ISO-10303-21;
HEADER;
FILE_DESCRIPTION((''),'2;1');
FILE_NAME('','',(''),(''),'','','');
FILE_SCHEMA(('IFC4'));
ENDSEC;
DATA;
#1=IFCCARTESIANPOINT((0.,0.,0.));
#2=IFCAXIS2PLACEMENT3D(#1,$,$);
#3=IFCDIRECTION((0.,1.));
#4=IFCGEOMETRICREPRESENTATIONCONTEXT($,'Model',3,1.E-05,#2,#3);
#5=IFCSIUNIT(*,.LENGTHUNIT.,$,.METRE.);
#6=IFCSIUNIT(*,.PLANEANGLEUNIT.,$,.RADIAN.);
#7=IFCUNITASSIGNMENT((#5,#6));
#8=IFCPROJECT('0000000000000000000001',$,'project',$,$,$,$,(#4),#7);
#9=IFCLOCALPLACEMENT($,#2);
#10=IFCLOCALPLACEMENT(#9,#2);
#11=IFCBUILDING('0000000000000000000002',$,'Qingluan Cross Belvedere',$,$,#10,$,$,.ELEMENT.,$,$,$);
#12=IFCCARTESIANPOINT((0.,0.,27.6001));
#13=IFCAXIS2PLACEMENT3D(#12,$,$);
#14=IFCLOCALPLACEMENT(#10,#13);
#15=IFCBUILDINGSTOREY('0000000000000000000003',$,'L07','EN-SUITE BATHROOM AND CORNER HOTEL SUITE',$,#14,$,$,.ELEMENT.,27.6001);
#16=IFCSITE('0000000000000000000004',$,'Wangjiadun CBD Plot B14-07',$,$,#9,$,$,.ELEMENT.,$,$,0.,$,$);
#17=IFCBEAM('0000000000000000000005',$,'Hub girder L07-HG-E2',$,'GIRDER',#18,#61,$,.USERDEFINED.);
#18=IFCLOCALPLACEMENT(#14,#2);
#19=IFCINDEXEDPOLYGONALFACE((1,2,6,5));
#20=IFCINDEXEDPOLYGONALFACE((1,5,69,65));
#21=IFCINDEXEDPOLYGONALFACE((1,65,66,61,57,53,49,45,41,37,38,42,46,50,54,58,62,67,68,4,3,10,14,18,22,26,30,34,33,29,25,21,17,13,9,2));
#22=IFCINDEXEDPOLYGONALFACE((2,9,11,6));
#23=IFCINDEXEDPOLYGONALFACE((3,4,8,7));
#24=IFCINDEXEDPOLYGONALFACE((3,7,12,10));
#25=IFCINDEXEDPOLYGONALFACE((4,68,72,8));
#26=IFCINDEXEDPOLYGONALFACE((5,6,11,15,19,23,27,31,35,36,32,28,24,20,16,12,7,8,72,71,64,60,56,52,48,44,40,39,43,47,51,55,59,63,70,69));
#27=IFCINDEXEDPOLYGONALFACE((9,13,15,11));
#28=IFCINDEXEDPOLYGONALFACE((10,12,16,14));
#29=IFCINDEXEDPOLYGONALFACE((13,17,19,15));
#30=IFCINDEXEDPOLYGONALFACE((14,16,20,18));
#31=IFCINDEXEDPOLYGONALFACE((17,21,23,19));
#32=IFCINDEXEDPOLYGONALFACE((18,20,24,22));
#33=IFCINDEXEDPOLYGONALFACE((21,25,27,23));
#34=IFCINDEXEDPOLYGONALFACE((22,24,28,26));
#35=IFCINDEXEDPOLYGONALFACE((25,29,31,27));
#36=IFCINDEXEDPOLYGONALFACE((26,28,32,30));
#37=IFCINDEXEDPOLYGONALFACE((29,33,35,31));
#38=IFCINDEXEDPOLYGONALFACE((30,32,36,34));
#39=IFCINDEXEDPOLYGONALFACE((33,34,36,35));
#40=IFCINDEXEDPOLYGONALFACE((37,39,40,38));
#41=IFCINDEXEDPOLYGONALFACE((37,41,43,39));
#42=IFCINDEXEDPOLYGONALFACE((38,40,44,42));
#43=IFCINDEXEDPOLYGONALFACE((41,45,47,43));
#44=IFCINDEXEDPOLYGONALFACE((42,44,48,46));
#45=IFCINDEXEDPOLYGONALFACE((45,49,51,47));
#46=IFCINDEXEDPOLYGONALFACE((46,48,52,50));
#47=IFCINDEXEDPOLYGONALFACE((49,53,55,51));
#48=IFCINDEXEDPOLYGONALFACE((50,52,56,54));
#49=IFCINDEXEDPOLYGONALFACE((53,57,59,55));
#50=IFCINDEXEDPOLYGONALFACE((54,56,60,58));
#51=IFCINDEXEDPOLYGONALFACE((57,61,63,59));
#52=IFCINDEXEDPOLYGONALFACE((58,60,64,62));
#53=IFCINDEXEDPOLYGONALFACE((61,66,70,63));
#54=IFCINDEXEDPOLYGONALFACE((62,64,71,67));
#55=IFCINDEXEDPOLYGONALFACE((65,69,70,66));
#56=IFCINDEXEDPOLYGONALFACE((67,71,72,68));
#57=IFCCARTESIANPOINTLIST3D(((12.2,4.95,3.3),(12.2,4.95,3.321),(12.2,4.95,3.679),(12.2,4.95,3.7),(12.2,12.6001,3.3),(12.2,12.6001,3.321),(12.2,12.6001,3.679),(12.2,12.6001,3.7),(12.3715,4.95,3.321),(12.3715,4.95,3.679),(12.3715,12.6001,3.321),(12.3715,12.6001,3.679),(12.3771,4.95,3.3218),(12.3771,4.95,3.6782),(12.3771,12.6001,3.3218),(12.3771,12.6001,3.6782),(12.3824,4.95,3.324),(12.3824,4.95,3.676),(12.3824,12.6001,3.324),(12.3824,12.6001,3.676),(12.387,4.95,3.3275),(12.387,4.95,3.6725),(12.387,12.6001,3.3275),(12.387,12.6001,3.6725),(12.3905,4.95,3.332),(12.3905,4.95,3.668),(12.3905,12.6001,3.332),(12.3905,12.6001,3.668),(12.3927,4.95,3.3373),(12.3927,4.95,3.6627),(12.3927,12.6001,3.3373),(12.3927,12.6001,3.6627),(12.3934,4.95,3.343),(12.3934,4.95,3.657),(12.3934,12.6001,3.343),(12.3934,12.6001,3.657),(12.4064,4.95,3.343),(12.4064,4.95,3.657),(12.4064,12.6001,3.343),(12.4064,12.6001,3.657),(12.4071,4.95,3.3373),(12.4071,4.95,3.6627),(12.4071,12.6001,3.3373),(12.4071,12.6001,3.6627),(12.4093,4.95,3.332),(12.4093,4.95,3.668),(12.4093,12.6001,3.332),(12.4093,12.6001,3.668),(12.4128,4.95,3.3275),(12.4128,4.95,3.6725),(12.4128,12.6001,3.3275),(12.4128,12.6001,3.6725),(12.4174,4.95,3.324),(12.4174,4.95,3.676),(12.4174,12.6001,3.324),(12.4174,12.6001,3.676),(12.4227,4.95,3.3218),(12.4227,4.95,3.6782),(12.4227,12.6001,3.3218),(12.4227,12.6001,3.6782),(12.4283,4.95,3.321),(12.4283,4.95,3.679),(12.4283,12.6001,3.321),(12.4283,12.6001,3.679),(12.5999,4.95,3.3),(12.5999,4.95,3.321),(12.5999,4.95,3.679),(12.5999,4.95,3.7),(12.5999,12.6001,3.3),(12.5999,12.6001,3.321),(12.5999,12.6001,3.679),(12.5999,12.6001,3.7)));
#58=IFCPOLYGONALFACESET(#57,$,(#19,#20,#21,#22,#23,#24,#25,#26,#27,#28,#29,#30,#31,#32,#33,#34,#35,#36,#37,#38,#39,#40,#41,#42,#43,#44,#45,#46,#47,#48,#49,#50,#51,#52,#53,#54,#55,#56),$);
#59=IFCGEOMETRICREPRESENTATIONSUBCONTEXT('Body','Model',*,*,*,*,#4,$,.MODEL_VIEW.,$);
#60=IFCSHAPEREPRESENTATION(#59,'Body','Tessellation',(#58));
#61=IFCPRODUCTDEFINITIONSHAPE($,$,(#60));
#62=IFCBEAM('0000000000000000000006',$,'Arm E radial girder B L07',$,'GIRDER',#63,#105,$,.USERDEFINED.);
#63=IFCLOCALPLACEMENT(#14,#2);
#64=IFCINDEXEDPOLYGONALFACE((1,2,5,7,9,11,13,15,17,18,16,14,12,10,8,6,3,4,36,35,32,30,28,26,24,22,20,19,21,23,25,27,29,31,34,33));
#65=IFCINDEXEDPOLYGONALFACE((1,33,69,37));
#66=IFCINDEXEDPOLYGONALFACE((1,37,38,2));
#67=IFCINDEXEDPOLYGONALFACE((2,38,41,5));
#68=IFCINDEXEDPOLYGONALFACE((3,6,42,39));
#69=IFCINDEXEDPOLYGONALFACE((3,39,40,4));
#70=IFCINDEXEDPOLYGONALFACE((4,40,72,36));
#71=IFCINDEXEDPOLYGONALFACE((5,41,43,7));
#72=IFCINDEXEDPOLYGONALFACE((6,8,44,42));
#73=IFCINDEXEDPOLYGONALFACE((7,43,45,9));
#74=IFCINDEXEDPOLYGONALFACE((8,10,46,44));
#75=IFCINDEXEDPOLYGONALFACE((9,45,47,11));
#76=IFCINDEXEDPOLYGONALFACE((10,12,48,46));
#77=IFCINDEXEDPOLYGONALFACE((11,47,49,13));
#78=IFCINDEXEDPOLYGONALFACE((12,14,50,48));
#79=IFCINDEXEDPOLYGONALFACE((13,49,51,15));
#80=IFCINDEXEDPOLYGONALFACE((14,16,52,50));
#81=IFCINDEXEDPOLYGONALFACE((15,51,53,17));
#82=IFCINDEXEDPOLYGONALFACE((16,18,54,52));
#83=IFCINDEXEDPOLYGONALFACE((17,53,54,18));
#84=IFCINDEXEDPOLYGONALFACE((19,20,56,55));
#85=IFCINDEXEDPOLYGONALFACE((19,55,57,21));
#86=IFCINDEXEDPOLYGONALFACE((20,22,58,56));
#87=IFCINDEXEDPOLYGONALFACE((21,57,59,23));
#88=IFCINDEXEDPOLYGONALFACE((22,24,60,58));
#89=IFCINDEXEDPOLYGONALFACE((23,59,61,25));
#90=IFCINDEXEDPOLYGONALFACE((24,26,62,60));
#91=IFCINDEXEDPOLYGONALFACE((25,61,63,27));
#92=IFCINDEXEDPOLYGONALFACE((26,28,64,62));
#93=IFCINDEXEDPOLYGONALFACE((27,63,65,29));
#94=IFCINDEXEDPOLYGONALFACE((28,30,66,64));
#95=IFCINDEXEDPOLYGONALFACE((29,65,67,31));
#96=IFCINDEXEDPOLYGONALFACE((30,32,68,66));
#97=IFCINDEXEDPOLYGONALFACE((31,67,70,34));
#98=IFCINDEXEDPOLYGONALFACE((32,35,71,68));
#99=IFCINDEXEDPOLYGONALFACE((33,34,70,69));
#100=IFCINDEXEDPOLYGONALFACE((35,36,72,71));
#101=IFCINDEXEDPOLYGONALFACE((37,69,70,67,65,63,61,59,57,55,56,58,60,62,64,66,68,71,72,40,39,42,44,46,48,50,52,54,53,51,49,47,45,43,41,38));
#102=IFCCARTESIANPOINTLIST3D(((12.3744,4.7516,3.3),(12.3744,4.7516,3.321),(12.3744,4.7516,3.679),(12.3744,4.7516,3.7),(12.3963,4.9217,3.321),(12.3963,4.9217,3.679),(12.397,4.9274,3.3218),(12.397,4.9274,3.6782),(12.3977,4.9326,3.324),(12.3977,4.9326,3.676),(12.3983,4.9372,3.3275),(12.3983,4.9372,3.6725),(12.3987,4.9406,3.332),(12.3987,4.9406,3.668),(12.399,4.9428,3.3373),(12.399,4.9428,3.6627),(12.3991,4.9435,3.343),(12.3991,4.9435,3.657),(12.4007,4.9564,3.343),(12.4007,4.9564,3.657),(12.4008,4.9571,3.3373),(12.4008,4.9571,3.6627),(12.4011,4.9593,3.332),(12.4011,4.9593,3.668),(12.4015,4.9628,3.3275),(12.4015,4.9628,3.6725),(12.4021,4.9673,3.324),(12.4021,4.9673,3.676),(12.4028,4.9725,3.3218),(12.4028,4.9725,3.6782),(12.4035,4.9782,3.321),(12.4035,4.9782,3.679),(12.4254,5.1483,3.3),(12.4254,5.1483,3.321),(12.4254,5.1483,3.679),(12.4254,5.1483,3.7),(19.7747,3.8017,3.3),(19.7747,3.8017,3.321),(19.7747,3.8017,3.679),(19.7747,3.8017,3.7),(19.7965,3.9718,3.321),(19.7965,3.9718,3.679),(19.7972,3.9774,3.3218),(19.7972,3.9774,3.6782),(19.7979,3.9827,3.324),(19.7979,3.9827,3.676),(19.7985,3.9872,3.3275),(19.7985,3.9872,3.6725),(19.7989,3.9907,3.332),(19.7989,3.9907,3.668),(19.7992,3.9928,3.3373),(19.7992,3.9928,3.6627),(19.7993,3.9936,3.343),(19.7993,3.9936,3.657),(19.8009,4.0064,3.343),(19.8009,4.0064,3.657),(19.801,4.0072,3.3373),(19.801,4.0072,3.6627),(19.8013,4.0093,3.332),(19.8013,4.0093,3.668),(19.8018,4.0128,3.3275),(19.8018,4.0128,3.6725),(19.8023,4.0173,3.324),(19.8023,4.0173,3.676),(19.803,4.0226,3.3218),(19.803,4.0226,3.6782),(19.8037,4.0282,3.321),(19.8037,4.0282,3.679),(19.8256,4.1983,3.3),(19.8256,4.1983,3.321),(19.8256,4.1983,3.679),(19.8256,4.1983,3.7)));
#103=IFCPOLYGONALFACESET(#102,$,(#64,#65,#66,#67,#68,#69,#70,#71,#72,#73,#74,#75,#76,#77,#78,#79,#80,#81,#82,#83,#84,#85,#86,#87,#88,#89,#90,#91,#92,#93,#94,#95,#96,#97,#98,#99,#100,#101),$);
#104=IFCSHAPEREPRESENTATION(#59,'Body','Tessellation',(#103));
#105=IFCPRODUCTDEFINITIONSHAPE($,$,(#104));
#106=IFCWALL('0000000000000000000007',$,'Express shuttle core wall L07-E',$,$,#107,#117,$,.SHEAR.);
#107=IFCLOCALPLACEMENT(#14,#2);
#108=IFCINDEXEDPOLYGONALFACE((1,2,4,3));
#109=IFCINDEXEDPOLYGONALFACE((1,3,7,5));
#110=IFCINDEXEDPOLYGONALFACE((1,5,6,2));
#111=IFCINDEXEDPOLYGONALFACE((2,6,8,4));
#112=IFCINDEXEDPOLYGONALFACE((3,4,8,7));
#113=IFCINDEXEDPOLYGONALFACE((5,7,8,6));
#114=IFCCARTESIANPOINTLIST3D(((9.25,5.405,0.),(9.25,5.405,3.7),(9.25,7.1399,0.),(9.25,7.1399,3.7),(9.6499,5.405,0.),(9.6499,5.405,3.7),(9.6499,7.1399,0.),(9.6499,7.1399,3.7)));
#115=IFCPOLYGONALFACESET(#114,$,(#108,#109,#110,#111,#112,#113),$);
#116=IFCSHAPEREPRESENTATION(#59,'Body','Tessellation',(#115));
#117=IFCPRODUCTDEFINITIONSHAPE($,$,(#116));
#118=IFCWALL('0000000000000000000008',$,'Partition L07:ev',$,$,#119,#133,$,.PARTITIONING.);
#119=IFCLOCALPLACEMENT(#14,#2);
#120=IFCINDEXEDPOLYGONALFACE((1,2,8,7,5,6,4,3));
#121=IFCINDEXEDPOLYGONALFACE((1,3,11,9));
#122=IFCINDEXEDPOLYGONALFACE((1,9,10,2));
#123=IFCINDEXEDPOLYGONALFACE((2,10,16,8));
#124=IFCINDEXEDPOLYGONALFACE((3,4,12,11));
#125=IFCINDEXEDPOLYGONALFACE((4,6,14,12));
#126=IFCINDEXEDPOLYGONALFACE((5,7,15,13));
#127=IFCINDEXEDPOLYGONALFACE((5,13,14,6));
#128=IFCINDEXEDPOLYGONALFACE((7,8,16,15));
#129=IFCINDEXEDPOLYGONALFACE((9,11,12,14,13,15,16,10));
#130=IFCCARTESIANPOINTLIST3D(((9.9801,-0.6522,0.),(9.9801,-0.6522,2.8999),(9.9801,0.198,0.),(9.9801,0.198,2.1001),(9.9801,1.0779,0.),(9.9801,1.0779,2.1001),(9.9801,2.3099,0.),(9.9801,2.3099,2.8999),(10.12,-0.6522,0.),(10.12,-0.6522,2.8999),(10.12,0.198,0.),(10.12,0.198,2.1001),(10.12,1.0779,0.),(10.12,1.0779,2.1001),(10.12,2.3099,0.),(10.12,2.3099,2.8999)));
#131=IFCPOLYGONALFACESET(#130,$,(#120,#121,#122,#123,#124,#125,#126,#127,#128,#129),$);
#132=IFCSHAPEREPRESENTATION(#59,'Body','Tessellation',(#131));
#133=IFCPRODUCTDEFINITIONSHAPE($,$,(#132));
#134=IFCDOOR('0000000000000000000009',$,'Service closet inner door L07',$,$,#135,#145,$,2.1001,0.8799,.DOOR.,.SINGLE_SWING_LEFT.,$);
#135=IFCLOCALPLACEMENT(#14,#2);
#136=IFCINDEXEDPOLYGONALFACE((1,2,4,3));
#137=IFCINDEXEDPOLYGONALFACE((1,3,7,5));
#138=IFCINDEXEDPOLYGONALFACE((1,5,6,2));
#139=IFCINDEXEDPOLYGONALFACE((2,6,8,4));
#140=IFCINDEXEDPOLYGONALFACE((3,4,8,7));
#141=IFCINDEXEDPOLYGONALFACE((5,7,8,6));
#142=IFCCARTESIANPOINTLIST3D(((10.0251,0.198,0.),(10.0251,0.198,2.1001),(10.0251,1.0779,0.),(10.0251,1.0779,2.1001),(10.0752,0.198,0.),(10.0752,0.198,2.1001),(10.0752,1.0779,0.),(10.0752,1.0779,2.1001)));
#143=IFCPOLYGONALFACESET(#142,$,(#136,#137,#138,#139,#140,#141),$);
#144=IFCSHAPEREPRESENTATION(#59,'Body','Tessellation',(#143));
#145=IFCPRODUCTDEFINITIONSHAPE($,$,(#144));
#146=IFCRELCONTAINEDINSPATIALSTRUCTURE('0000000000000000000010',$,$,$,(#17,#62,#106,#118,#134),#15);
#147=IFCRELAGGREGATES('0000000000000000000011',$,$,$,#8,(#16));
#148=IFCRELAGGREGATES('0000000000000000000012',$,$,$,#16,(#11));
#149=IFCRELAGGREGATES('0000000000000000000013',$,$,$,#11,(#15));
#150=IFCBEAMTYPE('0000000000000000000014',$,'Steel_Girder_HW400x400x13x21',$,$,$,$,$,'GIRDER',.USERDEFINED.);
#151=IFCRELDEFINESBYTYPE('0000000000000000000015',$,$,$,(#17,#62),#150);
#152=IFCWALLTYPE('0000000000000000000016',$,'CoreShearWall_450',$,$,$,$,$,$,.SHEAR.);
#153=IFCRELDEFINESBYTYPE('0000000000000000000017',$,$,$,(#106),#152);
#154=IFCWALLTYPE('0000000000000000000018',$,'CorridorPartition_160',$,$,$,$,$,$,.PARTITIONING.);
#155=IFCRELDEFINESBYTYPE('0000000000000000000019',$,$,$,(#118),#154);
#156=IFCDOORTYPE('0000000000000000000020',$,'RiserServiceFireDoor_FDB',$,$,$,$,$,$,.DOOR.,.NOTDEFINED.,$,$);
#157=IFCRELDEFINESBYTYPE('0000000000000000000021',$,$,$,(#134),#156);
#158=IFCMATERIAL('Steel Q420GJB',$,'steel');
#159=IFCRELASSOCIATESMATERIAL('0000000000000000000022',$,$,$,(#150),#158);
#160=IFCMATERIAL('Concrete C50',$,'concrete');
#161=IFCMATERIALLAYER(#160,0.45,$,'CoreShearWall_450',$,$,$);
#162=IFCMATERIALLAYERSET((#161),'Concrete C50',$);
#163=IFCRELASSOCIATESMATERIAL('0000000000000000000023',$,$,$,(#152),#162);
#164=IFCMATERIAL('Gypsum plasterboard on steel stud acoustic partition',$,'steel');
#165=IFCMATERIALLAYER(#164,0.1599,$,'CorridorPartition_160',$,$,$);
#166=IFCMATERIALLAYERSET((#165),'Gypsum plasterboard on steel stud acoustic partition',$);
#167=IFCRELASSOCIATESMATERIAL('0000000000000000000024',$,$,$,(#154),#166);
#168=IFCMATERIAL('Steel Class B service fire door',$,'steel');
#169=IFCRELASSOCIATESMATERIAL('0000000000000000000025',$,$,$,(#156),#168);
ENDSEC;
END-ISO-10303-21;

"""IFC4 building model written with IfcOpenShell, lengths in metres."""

from ifc_helpers import new_model, si_unit, direction, frame, frame_2d, origin, origin_2d, place, context, subcontext, project, spatial, rectangle, i_section, extrude, material, layer, layer_set, material_profile, profile_set, type_object, element, fill, save


model = new_model("IFC4")

# Units and contexts
model_context = context("Model", 3, precision=1e-05, world=origin(), true_north=direction((0.0, 1.0)))
body_context = subcontext(model_context, "Body", "Model", "MODEL_VIEW")
ifc_project = project(units=[si_unit("LENGTHUNIT", "METRE"), si_unit("PLANEANGLEUNIT", "RADIAN")], contexts=[model_context])

# Site, building, storey
site_placement = place(None, origin())
site = spatial("IfcSite", under=ifc_project, at=site_placement, Name="Wangjiadun CBD Plot B14-07", CompositionType="ELEMENT", RefElevation=0.0)
building_placement = place(site_placement, origin())
building = spatial("IfcBuilding", under=site, at=building_placement, Name="Qingluan Cross Belvedere", CompositionType="ELEMENT")
storey_placement = place(building_placement, frame((0.0, 0.0, 27.6001)))
storey = spatial("IfcBuildingStorey", under=building, at=storey_placement, Name="L07", Description="EN-SUITE BATHROOM AND CORNER HOTEL SUITE", CompositionType="ELEMENT", Elevation=27.6001)

# Beams
ifc_material_1 = material(Name="Steel Q420GJB", Category="steel")
ifc_material_profile = material_profile(ifc_material_1, i_section(OverallWidth=0.3999, OverallDepth=0.3999, WebThickness=0.0129, FlangeThickness=0.021, FilletRadius=0.022, at=origin_2d()), Name="HW400x400x13x21")
ifc_profile_set = profile_set([ifc_material_profile], Name="Steel Q420GJB")
beam_type = type_object("IfcBeamType", Name="Steel_Girder_HW400x400x13x21", ElementType="GIRDER", PredefinedType="USERDEFINED", material=ifc_profile_set)
beam_1_placement = place(storey_placement, frame((12.3999, 4.95, 3.5), z_axis=(0.0, 1.0, 0.0), x_axis=(-1.0, 0.0, 0.0)))
element("IfcBeam", 1, at=beam_1_placement, inside=storey, type_object=beam_type, Name="Hub girder L07-HG-E2", ObjectType="GIRDER", PredefinedType="USERDEFINED", context=body_context, shape_type="SweptSolid", body=[
    extrude(i_section(OverallWidth=0.3999, OverallDepth=0.3999, WebThickness=0.0129, FlangeThickness=0.021, FilletRadius=0.022, at=origin_2d()), origin(), (0.0, 0.0, 1.0), 7.6501),
])
beam_2_placement = place(storey_placement, frame((12.3999, 4.95, 3.5), z_axis=(0.991861, -0.127324, 0.0), x_axis=(0.127324, 0.991861, 0.0)))
element("IfcBeam", 2, at=beam_2_placement, inside=storey, type_object=beam_type, Name="Arm E radial girder B L07", ObjectType="GIRDER", PredefinedType="USERDEFINED", context=body_context, shape_type="SweptSolid", body=[
    extrude(i_section(OverallWidth=0.3999, OverallDepth=0.3999, WebThickness=0.0129, FlangeThickness=0.021, FilletRadius=0.022, at=origin_2d()), origin(), (0.0, 0.0, 1.0), 7.4609),
])

# Wall
ifc_material_2 = material(Name="Concrete C50", Category="concrete")
ifc_layer_1 = layer(ifc_material_2, 0.45, Name="CoreShearWall_450")
ifc_layer_set_1 = layer_set([ifc_layer_1], Name="Concrete C50")
wall_type_1 = type_object("IfcWallType", Name="CoreShearWall_450", PredefinedType="SHEAR", material=ifc_layer_set_1)
wall_1_placement = place(storey_placement, frame((9.45, 5.405, 0.0), z_axis=(0.0, 0.0, 1.0), x_axis=(0.0, 1.0, 0.0)))
element("IfcWall", 3, at=wall_1_placement, inside=storey, type_object=wall_type_1, Name="Express shuttle core wall L07-E", PredefinedType="SHEAR", context=body_context, shape_type="SweptSolid", body=[
    extrude(rectangle(XDim=1.7349, YDim=0.3999, at=frame_2d((0.8674, 0.0))), origin(), (0.0, 0.0, 1.0), 3.7),
])

# Wall, opening, door
ifc_material_3 = material(Name="Gypsum plasterboard on steel stud acoustic partition", Category="steel")
ifc_layer_2 = layer(ifc_material_3, 0.1599, Name="CorridorPartition_160")
ifc_layer_set_2 = layer_set([ifc_layer_2], Name="Gypsum plasterboard on steel stud acoustic partition")
wall_type_2 = type_object("IfcWallType", Name="CorridorPartition_160", PredefinedType="PARTITIONING", material=ifc_layer_set_2)
wall_2_placement = place(storey_placement, frame((10.05, -0.6521, 0.0), z_axis=(0.0, 0.0, 1.0), x_axis=(0.0, 1.0, 0.0)))
wall_2 = element("IfcWall", 4, at=wall_2_placement, inside=storey, type_object=wall_type_2, Name="Partition L07:ev", PredefinedType="PARTITIONING", context=body_context, shape_type="SweptSolid", body=[
    extrude(rectangle(XDim=2.9622, YDim=0.1399, at=frame_2d((1.481, 0.0))), origin(), (0.0, 0.0, 1.0), 2.8999),
])
opening_1_placement = place(wall_2_placement, frame((0.8501, 0.0, 0.0)))
opening_1 = element("IfcOpeningElement", 5, at=opening_1_placement, cuts=wall_2, PredefinedType="OPENING", context=body_context, shape_type="SweptSolid", body=[
    extrude(rectangle(XDim=0.8799, YDim=2.1001, at=frame_2d((0.4399, 1.05))), frame((0.0, 0.0798, 0.0), z_axis=(0.0, -1.0, 0.0), x_axis=(1.0, 0.0, 0.0)), (0.0, 0.0, 1.0), 0.1599),
])
ifc_material_4 = material(Name="Steel Class B service fire door", Category="steel")
door_type_1 = type_object("IfcDoorType", Name="RiserServiceFireDoor_FDB", OperationType="NOTDEFINED", PredefinedType="DOOR", material=ifc_material_4)
door_1_placement = place(opening_1_placement, origin())
door_1 = element("IfcDoor", 6, at=door_1_placement, inside=storey, type_object=door_type_1, Name="Service closet inner door L07", OperationType="SINGLE_SWING_LEFT", OverallHeight=2.1001, OverallWidth=0.8799, PredefinedType="DOOR", context=body_context, shape_type="SweptSolid", body=[
    extrude(rectangle(XDim=0.8799, YDim=2.1001, at=frame_2d((0.4399, 1.05))), frame((0.0, 0.0249, 0.0), z_axis=(0.0, -1.0, 0.0), x_axis=(1.0, 0.0, 0.0)), (0.0, 0.0, 1.0), 0.05),
])
fill(opening_1, door_1)

save(model, "model.ifc")
